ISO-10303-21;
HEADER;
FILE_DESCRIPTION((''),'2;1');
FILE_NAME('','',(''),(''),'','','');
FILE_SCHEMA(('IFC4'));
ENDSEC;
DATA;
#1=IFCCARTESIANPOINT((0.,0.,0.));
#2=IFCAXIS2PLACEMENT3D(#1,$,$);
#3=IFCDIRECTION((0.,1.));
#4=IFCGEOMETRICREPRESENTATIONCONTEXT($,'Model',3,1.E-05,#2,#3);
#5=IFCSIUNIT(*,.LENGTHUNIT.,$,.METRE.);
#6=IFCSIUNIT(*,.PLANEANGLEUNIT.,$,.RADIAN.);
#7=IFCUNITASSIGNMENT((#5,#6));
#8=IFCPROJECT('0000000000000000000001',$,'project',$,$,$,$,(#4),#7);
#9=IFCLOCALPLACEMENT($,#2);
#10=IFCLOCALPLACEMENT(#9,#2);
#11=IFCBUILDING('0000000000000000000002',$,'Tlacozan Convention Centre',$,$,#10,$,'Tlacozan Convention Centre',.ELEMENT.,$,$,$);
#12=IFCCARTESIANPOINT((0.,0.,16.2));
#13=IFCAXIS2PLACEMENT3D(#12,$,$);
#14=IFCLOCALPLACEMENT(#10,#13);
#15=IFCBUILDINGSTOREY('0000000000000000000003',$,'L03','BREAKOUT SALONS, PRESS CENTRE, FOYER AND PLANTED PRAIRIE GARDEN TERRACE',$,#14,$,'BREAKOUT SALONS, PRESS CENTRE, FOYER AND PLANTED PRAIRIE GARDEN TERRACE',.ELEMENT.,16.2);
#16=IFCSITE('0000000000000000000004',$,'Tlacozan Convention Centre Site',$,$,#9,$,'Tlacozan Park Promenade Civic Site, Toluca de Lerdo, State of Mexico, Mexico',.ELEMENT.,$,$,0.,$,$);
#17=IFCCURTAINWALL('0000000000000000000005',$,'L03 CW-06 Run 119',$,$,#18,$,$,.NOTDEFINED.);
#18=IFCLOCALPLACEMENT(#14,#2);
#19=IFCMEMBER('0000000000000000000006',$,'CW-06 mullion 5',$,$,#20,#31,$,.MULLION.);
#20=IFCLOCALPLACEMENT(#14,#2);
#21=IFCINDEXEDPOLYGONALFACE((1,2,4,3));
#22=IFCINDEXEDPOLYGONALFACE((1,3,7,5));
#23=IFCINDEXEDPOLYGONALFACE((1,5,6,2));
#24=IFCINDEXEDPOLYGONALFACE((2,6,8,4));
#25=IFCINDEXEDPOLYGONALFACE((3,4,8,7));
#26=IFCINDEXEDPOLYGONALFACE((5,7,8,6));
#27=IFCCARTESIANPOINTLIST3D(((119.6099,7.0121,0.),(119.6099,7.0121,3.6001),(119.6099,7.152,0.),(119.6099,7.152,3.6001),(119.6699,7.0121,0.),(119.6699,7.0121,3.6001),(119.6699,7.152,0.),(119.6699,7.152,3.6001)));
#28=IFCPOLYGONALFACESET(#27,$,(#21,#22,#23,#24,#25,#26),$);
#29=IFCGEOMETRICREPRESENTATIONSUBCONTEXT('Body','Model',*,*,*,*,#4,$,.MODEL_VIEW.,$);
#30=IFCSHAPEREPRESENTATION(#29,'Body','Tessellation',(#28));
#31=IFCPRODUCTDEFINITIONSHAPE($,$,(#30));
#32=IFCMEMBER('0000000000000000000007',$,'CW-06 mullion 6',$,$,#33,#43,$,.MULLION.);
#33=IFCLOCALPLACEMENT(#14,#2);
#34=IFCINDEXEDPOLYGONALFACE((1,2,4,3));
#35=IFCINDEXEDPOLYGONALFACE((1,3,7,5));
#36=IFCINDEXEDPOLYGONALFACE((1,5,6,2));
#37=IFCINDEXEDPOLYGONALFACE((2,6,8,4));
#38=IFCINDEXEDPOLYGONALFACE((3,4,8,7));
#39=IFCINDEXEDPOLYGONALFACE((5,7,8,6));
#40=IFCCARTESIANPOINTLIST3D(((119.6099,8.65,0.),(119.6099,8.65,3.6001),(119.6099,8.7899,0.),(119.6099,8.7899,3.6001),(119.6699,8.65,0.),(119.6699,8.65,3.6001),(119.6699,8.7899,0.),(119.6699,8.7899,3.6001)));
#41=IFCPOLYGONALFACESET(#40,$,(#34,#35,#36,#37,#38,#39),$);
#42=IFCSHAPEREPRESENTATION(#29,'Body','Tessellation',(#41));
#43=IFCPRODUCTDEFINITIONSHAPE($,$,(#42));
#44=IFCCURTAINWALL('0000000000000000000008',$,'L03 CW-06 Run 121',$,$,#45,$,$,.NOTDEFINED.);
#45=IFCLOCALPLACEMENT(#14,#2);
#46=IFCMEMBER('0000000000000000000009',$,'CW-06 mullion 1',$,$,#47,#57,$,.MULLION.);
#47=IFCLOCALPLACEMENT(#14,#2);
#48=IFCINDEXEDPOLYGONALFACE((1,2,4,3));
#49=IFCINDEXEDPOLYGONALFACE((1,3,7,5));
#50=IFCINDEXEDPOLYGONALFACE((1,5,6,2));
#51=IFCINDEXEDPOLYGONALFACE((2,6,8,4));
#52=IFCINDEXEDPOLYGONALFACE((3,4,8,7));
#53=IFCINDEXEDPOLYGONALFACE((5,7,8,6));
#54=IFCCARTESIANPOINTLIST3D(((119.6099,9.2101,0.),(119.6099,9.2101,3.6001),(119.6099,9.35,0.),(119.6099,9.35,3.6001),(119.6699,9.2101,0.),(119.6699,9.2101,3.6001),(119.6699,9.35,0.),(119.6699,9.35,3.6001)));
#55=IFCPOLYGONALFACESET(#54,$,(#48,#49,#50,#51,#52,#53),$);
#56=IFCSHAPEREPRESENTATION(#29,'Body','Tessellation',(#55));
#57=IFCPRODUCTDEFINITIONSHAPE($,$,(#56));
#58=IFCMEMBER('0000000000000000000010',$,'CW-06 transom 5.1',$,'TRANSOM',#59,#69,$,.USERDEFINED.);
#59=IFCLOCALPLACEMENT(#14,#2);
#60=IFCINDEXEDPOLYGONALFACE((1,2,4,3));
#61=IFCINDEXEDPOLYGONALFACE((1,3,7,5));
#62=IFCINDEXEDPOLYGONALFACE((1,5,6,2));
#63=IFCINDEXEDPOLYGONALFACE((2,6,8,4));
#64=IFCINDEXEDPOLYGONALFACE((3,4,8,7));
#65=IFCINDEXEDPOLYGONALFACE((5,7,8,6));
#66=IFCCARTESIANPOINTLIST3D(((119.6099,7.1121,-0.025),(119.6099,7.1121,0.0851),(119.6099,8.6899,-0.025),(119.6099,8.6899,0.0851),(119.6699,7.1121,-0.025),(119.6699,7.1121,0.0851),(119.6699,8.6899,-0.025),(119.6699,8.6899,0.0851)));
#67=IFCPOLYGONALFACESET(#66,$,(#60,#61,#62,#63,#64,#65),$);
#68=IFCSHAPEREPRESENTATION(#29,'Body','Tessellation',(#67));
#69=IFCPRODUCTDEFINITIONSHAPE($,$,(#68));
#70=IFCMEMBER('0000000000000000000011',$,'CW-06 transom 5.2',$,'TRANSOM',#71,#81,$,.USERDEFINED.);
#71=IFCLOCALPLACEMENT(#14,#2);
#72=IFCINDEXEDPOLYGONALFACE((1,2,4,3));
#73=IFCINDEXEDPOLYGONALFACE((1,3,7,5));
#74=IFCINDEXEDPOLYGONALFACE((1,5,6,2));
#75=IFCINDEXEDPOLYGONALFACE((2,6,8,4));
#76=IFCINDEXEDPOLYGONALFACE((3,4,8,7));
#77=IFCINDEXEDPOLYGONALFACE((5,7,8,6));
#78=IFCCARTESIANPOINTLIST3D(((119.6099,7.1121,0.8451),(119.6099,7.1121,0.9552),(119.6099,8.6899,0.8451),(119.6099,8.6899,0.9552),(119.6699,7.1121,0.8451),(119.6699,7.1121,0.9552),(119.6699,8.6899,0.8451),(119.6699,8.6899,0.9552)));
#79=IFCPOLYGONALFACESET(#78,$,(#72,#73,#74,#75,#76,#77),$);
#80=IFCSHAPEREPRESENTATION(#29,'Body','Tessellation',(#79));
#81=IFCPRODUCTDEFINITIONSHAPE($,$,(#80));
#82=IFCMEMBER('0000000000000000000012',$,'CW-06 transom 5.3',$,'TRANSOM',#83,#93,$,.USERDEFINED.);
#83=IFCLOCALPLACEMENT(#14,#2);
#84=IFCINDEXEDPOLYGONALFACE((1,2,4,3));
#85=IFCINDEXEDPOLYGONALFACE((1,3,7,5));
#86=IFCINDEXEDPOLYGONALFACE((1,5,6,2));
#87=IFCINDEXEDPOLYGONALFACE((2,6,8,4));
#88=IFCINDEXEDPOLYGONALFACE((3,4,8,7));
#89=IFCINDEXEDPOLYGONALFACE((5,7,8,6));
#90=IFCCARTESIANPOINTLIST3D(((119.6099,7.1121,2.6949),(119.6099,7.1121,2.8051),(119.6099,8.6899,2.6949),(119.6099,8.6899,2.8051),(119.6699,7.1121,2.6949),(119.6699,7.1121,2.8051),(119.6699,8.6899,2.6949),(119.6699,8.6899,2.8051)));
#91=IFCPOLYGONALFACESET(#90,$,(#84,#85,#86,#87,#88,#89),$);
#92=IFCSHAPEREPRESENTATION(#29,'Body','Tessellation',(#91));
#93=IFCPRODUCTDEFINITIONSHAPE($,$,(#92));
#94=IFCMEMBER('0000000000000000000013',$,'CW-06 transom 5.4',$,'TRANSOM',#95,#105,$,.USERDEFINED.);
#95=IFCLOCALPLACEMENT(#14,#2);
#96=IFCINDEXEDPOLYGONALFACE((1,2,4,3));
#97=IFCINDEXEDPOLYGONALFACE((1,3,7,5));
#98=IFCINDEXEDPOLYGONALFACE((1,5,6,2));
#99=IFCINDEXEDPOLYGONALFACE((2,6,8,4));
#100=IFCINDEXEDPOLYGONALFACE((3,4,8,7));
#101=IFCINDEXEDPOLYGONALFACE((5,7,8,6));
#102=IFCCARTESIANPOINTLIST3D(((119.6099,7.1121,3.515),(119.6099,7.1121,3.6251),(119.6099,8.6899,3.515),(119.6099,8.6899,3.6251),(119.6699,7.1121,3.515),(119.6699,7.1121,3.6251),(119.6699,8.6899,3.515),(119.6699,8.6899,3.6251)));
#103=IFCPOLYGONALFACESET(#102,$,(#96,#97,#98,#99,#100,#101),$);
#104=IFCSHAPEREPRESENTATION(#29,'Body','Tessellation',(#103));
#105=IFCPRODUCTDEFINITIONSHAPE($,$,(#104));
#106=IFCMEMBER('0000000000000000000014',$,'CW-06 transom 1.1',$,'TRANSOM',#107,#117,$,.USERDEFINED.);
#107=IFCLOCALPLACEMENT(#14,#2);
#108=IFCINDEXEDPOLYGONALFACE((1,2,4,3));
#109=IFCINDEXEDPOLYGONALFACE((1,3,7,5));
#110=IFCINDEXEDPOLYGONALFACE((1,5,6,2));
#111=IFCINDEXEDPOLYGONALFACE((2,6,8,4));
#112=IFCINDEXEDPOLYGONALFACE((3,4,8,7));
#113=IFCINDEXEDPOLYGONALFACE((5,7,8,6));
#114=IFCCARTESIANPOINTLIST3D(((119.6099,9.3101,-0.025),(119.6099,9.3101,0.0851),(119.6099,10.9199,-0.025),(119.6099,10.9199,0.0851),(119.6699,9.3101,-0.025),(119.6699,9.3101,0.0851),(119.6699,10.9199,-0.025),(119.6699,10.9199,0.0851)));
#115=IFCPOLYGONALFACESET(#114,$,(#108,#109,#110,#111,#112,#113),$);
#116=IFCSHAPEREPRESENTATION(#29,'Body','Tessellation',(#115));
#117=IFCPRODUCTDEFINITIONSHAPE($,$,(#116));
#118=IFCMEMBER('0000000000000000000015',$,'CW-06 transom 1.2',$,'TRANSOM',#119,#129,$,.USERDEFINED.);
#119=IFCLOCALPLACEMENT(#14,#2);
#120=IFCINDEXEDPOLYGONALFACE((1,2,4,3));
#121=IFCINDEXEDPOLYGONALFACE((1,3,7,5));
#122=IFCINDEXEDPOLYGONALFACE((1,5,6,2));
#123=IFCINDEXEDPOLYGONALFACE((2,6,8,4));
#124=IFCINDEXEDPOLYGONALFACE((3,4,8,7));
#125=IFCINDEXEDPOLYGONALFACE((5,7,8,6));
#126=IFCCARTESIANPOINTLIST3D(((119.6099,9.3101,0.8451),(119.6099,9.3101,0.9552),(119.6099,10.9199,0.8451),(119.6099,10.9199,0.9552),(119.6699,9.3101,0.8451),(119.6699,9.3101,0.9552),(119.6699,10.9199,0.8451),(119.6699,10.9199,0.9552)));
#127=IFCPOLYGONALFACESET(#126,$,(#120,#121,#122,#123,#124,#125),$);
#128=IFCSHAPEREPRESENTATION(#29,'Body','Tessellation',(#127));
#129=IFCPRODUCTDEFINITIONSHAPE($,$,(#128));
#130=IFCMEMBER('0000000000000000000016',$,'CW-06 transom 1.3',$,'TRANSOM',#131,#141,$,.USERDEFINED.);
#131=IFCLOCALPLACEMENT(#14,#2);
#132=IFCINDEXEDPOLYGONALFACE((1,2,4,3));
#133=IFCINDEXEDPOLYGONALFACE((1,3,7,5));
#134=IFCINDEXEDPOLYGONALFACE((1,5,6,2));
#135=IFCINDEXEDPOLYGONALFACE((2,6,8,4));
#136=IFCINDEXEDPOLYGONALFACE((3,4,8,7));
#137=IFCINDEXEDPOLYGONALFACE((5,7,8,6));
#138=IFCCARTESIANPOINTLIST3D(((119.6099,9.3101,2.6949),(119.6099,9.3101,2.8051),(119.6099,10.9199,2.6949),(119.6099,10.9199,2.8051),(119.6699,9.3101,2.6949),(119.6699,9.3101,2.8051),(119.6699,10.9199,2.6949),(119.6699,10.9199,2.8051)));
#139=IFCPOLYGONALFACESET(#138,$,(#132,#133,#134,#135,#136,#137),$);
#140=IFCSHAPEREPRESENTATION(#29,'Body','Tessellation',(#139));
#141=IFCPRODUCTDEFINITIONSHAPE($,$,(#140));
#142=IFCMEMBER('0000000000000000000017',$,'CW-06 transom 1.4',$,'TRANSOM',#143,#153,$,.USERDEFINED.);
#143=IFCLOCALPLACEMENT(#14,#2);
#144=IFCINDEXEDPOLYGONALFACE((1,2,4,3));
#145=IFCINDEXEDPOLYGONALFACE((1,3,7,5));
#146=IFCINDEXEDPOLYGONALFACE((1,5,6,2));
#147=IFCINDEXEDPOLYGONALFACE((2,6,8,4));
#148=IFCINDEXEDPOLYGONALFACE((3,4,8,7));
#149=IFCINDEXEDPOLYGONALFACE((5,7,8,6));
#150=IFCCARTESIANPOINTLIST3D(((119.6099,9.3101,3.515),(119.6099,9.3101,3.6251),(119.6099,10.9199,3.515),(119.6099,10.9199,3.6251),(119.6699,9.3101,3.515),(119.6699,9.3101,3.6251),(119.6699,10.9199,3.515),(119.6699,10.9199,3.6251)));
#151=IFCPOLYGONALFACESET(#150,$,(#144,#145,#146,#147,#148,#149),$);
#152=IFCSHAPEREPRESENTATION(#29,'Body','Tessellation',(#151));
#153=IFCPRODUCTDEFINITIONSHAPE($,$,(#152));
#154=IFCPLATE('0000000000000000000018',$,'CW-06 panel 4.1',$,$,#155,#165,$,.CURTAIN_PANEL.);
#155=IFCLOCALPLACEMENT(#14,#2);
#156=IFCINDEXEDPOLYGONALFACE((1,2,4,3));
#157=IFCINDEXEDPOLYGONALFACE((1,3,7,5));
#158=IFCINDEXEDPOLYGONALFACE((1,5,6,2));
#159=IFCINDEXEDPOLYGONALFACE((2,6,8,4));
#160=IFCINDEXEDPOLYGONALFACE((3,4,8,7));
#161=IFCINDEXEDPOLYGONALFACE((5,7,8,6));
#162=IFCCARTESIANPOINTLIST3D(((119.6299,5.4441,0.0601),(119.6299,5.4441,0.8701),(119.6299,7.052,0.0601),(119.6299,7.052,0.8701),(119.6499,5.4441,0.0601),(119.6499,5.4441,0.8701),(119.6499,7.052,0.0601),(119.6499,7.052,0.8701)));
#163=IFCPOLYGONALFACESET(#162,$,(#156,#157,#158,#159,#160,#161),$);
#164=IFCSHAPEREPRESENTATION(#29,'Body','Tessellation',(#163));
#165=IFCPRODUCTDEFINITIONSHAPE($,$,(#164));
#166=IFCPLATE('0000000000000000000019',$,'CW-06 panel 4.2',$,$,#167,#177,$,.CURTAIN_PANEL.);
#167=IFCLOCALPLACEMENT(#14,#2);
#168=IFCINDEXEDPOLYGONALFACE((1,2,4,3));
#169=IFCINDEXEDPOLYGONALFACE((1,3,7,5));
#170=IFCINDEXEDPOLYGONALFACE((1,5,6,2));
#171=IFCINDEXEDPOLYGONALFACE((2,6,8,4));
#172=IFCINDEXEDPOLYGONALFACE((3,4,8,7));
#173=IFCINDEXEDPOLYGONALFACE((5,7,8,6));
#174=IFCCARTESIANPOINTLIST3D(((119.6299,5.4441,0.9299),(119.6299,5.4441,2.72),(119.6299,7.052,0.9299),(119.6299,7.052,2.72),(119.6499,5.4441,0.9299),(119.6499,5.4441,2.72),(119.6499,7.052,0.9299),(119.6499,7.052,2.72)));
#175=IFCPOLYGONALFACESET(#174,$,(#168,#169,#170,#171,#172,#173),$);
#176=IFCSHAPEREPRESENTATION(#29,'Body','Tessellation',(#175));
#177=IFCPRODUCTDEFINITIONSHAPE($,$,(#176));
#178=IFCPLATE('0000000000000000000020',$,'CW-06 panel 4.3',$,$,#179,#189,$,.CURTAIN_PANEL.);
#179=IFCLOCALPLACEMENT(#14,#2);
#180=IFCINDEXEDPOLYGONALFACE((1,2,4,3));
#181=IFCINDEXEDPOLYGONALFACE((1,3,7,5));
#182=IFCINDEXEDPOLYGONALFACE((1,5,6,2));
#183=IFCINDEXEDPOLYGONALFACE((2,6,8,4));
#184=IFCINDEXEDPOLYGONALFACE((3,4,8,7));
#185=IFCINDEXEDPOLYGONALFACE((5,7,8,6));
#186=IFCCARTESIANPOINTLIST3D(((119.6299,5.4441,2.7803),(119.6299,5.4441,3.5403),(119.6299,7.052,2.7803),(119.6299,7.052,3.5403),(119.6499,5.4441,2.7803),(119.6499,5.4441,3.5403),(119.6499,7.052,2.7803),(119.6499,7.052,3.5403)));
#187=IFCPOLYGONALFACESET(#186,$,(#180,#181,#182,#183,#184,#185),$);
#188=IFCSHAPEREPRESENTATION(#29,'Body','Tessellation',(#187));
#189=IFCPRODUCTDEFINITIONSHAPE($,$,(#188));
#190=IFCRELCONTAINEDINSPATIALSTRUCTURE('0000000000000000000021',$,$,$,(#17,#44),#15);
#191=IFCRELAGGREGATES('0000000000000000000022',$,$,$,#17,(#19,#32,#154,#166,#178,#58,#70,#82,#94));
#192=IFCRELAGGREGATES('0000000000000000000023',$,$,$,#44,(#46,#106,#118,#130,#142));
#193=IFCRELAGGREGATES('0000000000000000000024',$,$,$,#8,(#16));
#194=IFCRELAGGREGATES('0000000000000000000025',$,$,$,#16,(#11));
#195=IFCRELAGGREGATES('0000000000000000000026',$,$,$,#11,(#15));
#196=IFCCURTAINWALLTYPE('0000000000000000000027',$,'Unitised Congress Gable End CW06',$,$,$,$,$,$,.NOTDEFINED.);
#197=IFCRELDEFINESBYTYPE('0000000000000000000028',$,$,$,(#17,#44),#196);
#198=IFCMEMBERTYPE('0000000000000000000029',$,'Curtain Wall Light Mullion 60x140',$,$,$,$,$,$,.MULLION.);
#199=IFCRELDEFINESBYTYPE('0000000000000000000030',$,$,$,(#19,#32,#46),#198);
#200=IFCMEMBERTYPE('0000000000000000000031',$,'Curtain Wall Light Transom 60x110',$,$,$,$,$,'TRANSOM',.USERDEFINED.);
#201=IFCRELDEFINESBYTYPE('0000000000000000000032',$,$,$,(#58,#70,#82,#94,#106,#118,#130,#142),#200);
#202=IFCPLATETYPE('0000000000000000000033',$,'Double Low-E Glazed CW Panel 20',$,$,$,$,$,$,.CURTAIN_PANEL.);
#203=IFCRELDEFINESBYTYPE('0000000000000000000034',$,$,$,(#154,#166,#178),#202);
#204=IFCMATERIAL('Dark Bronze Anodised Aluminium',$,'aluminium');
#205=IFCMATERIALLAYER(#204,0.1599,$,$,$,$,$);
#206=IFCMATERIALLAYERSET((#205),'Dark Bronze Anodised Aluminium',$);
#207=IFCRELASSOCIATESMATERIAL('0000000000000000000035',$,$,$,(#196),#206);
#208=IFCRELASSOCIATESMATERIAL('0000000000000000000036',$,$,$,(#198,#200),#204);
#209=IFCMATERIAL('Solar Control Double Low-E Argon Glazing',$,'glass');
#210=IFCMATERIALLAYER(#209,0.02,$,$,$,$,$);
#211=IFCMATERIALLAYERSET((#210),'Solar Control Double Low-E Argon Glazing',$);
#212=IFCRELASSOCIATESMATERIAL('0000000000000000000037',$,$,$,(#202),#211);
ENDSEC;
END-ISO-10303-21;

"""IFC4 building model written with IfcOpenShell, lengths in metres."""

from ifc_helpers import new_model, si_unit, direction, frame, origin, origin_2d, place, context, subcontext, project, spatial, rectangle, extrude, material, layer, layer_set, material_profile, profile_set, type_object, element, aggregate, save


model = new_model("IFC4")

# Units and contexts
model_context = context("Model", 3, precision=1e-05, world=origin(), true_north=direction((0.0, 1.0)))
body_context = subcontext(model_context, "Body", "Model", "MODEL_VIEW")
ifc_project = project(units=[si_unit("LENGTHUNIT", "METRE"), si_unit("PLANEANGLEUNIT", "RADIAN")], contexts=[model_context])

# Site, building, storey
site_placement = place(None, origin())
site = spatial("IfcSite", under=ifc_project, at=site_placement, Name="Tlacozan Convention Centre Site", LongName="Tlacozan Park Promenade Civic Site, Toluca de Lerdo, State of Mexico, Mexico", CompositionType="ELEMENT", RefElevation=0.0)
building_placement = place(site_placement, origin())
building = spatial("IfcBuilding", under=site, at=building_placement, Name="Tlacozan Convention Centre", LongName="Tlacozan Convention Centre", CompositionType="ELEMENT")
storey_placement = place(building_placement, frame((0.0, 0.0, 16.2)))
storey = spatial("IfcBuildingStorey", under=building, at=storey_placement, Name="L03", Description="BREAKOUT SALONS, PRESS CENTRE, FOYER AND PLANTED PRAIRIE GARDEN TERRACE", LongName="BREAKOUT SALONS, PRESS CENTRE, FOYER AND PLANTED PRAIRIE GARDEN TERRACE", CompositionType="ELEMENT", Elevation=16.2)

# Curtain wall, members
ifc_material_1 = material(Name="Dark Bronze Anodised Aluminium", Category="aluminium")
ifc_layer_1 = layer(ifc_material_1, 0.1599)
ifc_layer_set_1 = layer_set([ifc_layer_1], Name="Dark Bronze Anodised Aluminium")
curtain_wall_type = type_object("IfcCurtainWallType", Name="Unitised Congress Gable End CW06", PredefinedType="NOTDEFINED", material=ifc_layer_set_1)
curtain_wall_1_placement = place(storey_placement, origin())
curtain_wall_1 = element("IfcCurtainWall", 1, at=curtain_wall_1_placement, inside=storey, type_object=curtain_wall_type, Name="L03 CW-06 Run 119", PredefinedType="NOTDEFINED")
ifc_material_profile_1 = material_profile(ifc_material_1, rectangle(XDim=0.0601, YDim=0.1399, at=origin_2d()), Name="ALU 60x140")
ifc_profile_set_1 = profile_set([ifc_material_profile_1], Name="Dark Bronze Anodised Aluminium")
member_type_1 = type_object("IfcMemberType", Name="Curtain Wall Light Mullion 60x140", PredefinedType="MULLION", material=ifc_profile_set_1)
member_1_placement = place(storey_placement, frame((119.6399, 7.082, 0.0), z_axis=(0.0, 0.0, 1.0), x_axis=(-1.0, 0.0, 0.0)))
member_1 = element("IfcMember", 2, at=member_1_placement, type_object=member_type_1, Name="CW-06 mullion 5", PredefinedType="MULLION", context=body_context, shape_type="SweptSolid", body=[
    extrude(rectangle(XDim=0.0601, YDim=0.1399, at=origin_2d()), origin(), (0.0, 0.0, 1.0), 3.6001),
])
member_2_placement = place(storey_placement, frame((119.6399, 8.72, 0.0), z_axis=(0.0, 0.0, 1.0), x_axis=(-1.0, 0.0, 0.0)))
member_2 = element("IfcMember", 3, at=member_2_placement, type_object=member_type_1, Name="CW-06 mullion 6", PredefinedType="MULLION", context=body_context, shape_type="SweptSolid", body=[
    extrude(rectangle(XDim=0.0601, YDim=0.1399, at=origin_2d()), origin(), (0.0, 0.0, 1.0), 3.6001),
])

# Curtain wall, member
curtain_wall_2_placement = place(storey_placement, origin())
curtain_wall_2 = element("IfcCurtainWall", 4, at=curtain_wall_2_placement, inside=storey, type_object=curtain_wall_type, Name="L03 CW-06 Run 121", PredefinedType="NOTDEFINED")
member_3_placement = place(storey_placement, frame((119.6399, 9.28, 0.0), z_axis=(0.0, 0.0, 1.0), x_axis=(-1.0, 0.0, 0.0)))
member_3 = element("IfcMember", 5, at=member_3_placement, type_object=member_type_1, Name="CW-06 mullion 1", PredefinedType="MULLION", context=body_context, shape_type="SweptSolid", body=[
    extrude(rectangle(XDim=0.0601, YDim=0.1399, at=origin_2d()), origin(), (0.0, 0.0, 1.0), 3.6001),
])

# Members
ifc_material_profile_2 = material_profile(ifc_material_1, rectangle(XDim=0.0601, YDim=0.1101, at=origin_2d()), Name="ALU 60x110")
ifc_profile_set_2 = profile_set([ifc_material_profile_2], Name="Dark Bronze Anodised Aluminium")
member_type_2 = type_object("IfcMemberType", Name="Curtain Wall Light Transom 60x110", ElementType="TRANSOM", PredefinedType="USERDEFINED", material=ifc_profile_set_2)
member_4_placement = place(storey_placement, frame((119.6399, 7.1121, 0.03), z_axis=(0.0, 1.0, 0.0), x_axis=(-1.0, 0.0, 0.0)))
member_4 = element("IfcMember", 6, at=member_4_placement, type_object=member_type_2, Name="CW-06 transom 5.1", ObjectType="TRANSOM", PredefinedType="USERDEFINED", context=body_context, shape_type="SweptSolid", body=[
    extrude(rectangle(XDim=0.0601, YDim=0.1101, at=origin_2d()), origin(), (0.0, 0.0, 1.0), 1.5779),
])
member_5_placement = place(storey_placement, frame((119.6399, 7.1121, 0.9001), z_axis=(0.0, 1.0, 0.0), x_axis=(-1.0, 0.0, 0.0)))
member_5 = element("IfcMember", 7, at=member_5_placement, type_object=member_type_2, Name="CW-06 transom 5.2", ObjectType="TRANSOM", PredefinedType="USERDEFINED", context=body_context, shape_type="SweptSolid", body=[
    extrude(rectangle(XDim=0.0601, YDim=0.1101, at=origin_2d()), origin(), (0.0, 0.0, 1.0), 1.5779),
])
member_6_placement = place(storey_placement, frame((119.6399, 7.1121, 2.75), z_axis=(0.0, 1.0, 0.0), x_axis=(-1.0, 0.0, 0.0)))
member_6 = element("IfcMember", 8, at=member_6_placement, type_object=member_type_2, Name="CW-06 transom 5.3", ObjectType="TRANSOM", PredefinedType="USERDEFINED", context=body_context, shape_type="SweptSolid", body=[
    extrude(rectangle(XDim=0.0601, YDim=0.1101, at=origin_2d()), origin(), (0.0, 0.0, 1.0), 1.5779),
])
member_7_placement = place(storey_placement, frame((119.6399, 7.1121, 3.5701), z_axis=(0.0, 1.0, 0.0), x_axis=(-1.0, 0.0, 0.0)))
member_7 = element("IfcMember", 9, at=member_7_placement, type_object=member_type_2, Name="CW-06 transom 5.4", ObjectType="TRANSOM", PredefinedType="USERDEFINED", context=body_context, shape_type="SweptSolid", body=[
    extrude(rectangle(XDim=0.0601, YDim=0.1101, at=origin_2d()), origin(), (0.0, 0.0, 1.0), 1.5779),
])
member_8_placement = place(storey_placement, frame((119.6399, 9.3101, 0.03), z_axis=(0.0, 1.0, 0.0), x_axis=(-1.0, 0.0, 0.0)))
member_8 = element("IfcMember", 10, at=member_8_placement, type_object=member_type_2, Name="CW-06 transom 1.1", ObjectType="TRANSOM", PredefinedType="USERDEFINED", context=body_context, shape_type="SweptSolid", body=[
    extrude(rectangle(XDim=0.0601, YDim=0.1101, at=origin_2d()), origin(), (0.0, 0.0, 1.0), 1.6099),
])
member_9_placement = place(storey_placement, frame((119.6399, 9.3101, 0.9001), z_axis=(0.0, 1.0, 0.0), x_axis=(-1.0, 0.0, 0.0)))
member_9 = element("IfcMember", 11, at=member_9_placement, type_object=member_type_2, Name="CW-06 transom 1.2", ObjectType="TRANSOM", PredefinedType="USERDEFINED", context=body_context, shape_type="SweptSolid", body=[
    extrude(rectangle(XDim=0.0601, YDim=0.1101, at=origin_2d()), origin(), (0.0, 0.0, 1.0), 1.6099),
])
member_10_placement = place(storey_placement, frame((119.6399, 9.3101, 2.75), z_axis=(0.0, 1.0, 0.0), x_axis=(-1.0, 0.0, 0.0)))
member_10 = element("IfcMember", 12, at=member_10_placement, type_object=member_type_2, Name="CW-06 transom 1.3", ObjectType="TRANSOM", PredefinedType="USERDEFINED", context=body_context, shape_type="SweptSolid", body=[
    extrude(rectangle(XDim=0.0601, YDim=0.1101, at=origin_2d()), origin(), (0.0, 0.0, 1.0), 1.6099),
])
member_11_placement = place(storey_placement, frame((119.6399, 9.3101, 3.5701), z_axis=(0.0, 1.0, 0.0), x_axis=(-1.0, 0.0, 0.0)))
member_11 = element("IfcMember", 13, at=member_11_placement, type_object=member_type_2, Name="CW-06 transom 1.4", ObjectType="TRANSOM", PredefinedType="USERDEFINED", context=body_context, shape_type="SweptSolid", body=[
    extrude(rectangle(XDim=0.0601, YDim=0.1101, at=origin_2d()), origin(), (0.0, 0.0, 1.0), 1.6099),
])

# Plates
ifc_material_2 = material(Name="Solar Control Double Low-E Argon Glazing", Category="glass")
ifc_layer_2 = layer(ifc_material_2, 0.02)
ifc_layer_set_2 = layer_set([ifc_layer_2], Name="Solar Control Double Low-E Argon Glazing")
plate_type = type_object("IfcPlateType", Name="Double Low-E Glazed CW Panel 20", PredefinedType="CURTAIN_PANEL", material=ifc_layer_set_2)
plate_1_placement = place(storey_placement, frame((119.6399, 6.248, 0.0601), z_axis=(0.0, 0.0, 1.0), x_axis=(0.0, 1.0, 0.0)))
plate_1 = element("IfcPlate", 14, at=plate_1_placement, type_object=plate_type, Name="CW-06 panel 4.1", PredefinedType="CURTAIN_PANEL", context=body_context, shape_type="SweptSolid", body=[
    extrude(rectangle(XDim=1.6079, YDim=0.02, at=origin_2d()), origin(), (0.0, 0.0, 1.0), 0.8101),
])
plate_2_placement = place(storey_placement, frame((119.6399, 6.248, 0.9299), z_axis=(0.0, 0.0, 1.0), x_axis=(0.0, 1.0, 0.0)))
plate_2 = element("IfcPlate", 15, at=plate_2_placement, type_object=plate_type, Name="CW-06 panel 4.2", PredefinedType="CURTAIN_PANEL", context=body_context, shape_type="SweptSolid", body=[
    extrude(rectangle(XDim=1.6079, YDim=0.02, at=origin_2d()), origin(), (0.0, 0.0, 1.0), 1.79),
])
plate_3_placement = place(storey_placement, frame((119.6399, 6.248, 2.7803), z_axis=(0.0, 0.0, 1.0), x_axis=(0.0, 1.0, 0.0)))
plate_3 = element("IfcPlate", 16, at=plate_3_placement, type_object=plate_type, Name="CW-06 panel 4.3", PredefinedType="CURTAIN_PANEL", context=body_context, shape_type="SweptSolid", body=[
    extrude(rectangle(XDim=1.6079, YDim=0.02, at=origin_2d()), origin(), (0.0, 0.0, 1.0), 0.76),
])
aggregate(curtain_wall_1, [member_1, member_2, plate_1, plate_2, plate_3, member_4, member_5, member_6, member_7])
aggregate(curtain_wall_2, [member_3, member_8, member_9, member_10, member_11])

save(model, "model.ifc")
